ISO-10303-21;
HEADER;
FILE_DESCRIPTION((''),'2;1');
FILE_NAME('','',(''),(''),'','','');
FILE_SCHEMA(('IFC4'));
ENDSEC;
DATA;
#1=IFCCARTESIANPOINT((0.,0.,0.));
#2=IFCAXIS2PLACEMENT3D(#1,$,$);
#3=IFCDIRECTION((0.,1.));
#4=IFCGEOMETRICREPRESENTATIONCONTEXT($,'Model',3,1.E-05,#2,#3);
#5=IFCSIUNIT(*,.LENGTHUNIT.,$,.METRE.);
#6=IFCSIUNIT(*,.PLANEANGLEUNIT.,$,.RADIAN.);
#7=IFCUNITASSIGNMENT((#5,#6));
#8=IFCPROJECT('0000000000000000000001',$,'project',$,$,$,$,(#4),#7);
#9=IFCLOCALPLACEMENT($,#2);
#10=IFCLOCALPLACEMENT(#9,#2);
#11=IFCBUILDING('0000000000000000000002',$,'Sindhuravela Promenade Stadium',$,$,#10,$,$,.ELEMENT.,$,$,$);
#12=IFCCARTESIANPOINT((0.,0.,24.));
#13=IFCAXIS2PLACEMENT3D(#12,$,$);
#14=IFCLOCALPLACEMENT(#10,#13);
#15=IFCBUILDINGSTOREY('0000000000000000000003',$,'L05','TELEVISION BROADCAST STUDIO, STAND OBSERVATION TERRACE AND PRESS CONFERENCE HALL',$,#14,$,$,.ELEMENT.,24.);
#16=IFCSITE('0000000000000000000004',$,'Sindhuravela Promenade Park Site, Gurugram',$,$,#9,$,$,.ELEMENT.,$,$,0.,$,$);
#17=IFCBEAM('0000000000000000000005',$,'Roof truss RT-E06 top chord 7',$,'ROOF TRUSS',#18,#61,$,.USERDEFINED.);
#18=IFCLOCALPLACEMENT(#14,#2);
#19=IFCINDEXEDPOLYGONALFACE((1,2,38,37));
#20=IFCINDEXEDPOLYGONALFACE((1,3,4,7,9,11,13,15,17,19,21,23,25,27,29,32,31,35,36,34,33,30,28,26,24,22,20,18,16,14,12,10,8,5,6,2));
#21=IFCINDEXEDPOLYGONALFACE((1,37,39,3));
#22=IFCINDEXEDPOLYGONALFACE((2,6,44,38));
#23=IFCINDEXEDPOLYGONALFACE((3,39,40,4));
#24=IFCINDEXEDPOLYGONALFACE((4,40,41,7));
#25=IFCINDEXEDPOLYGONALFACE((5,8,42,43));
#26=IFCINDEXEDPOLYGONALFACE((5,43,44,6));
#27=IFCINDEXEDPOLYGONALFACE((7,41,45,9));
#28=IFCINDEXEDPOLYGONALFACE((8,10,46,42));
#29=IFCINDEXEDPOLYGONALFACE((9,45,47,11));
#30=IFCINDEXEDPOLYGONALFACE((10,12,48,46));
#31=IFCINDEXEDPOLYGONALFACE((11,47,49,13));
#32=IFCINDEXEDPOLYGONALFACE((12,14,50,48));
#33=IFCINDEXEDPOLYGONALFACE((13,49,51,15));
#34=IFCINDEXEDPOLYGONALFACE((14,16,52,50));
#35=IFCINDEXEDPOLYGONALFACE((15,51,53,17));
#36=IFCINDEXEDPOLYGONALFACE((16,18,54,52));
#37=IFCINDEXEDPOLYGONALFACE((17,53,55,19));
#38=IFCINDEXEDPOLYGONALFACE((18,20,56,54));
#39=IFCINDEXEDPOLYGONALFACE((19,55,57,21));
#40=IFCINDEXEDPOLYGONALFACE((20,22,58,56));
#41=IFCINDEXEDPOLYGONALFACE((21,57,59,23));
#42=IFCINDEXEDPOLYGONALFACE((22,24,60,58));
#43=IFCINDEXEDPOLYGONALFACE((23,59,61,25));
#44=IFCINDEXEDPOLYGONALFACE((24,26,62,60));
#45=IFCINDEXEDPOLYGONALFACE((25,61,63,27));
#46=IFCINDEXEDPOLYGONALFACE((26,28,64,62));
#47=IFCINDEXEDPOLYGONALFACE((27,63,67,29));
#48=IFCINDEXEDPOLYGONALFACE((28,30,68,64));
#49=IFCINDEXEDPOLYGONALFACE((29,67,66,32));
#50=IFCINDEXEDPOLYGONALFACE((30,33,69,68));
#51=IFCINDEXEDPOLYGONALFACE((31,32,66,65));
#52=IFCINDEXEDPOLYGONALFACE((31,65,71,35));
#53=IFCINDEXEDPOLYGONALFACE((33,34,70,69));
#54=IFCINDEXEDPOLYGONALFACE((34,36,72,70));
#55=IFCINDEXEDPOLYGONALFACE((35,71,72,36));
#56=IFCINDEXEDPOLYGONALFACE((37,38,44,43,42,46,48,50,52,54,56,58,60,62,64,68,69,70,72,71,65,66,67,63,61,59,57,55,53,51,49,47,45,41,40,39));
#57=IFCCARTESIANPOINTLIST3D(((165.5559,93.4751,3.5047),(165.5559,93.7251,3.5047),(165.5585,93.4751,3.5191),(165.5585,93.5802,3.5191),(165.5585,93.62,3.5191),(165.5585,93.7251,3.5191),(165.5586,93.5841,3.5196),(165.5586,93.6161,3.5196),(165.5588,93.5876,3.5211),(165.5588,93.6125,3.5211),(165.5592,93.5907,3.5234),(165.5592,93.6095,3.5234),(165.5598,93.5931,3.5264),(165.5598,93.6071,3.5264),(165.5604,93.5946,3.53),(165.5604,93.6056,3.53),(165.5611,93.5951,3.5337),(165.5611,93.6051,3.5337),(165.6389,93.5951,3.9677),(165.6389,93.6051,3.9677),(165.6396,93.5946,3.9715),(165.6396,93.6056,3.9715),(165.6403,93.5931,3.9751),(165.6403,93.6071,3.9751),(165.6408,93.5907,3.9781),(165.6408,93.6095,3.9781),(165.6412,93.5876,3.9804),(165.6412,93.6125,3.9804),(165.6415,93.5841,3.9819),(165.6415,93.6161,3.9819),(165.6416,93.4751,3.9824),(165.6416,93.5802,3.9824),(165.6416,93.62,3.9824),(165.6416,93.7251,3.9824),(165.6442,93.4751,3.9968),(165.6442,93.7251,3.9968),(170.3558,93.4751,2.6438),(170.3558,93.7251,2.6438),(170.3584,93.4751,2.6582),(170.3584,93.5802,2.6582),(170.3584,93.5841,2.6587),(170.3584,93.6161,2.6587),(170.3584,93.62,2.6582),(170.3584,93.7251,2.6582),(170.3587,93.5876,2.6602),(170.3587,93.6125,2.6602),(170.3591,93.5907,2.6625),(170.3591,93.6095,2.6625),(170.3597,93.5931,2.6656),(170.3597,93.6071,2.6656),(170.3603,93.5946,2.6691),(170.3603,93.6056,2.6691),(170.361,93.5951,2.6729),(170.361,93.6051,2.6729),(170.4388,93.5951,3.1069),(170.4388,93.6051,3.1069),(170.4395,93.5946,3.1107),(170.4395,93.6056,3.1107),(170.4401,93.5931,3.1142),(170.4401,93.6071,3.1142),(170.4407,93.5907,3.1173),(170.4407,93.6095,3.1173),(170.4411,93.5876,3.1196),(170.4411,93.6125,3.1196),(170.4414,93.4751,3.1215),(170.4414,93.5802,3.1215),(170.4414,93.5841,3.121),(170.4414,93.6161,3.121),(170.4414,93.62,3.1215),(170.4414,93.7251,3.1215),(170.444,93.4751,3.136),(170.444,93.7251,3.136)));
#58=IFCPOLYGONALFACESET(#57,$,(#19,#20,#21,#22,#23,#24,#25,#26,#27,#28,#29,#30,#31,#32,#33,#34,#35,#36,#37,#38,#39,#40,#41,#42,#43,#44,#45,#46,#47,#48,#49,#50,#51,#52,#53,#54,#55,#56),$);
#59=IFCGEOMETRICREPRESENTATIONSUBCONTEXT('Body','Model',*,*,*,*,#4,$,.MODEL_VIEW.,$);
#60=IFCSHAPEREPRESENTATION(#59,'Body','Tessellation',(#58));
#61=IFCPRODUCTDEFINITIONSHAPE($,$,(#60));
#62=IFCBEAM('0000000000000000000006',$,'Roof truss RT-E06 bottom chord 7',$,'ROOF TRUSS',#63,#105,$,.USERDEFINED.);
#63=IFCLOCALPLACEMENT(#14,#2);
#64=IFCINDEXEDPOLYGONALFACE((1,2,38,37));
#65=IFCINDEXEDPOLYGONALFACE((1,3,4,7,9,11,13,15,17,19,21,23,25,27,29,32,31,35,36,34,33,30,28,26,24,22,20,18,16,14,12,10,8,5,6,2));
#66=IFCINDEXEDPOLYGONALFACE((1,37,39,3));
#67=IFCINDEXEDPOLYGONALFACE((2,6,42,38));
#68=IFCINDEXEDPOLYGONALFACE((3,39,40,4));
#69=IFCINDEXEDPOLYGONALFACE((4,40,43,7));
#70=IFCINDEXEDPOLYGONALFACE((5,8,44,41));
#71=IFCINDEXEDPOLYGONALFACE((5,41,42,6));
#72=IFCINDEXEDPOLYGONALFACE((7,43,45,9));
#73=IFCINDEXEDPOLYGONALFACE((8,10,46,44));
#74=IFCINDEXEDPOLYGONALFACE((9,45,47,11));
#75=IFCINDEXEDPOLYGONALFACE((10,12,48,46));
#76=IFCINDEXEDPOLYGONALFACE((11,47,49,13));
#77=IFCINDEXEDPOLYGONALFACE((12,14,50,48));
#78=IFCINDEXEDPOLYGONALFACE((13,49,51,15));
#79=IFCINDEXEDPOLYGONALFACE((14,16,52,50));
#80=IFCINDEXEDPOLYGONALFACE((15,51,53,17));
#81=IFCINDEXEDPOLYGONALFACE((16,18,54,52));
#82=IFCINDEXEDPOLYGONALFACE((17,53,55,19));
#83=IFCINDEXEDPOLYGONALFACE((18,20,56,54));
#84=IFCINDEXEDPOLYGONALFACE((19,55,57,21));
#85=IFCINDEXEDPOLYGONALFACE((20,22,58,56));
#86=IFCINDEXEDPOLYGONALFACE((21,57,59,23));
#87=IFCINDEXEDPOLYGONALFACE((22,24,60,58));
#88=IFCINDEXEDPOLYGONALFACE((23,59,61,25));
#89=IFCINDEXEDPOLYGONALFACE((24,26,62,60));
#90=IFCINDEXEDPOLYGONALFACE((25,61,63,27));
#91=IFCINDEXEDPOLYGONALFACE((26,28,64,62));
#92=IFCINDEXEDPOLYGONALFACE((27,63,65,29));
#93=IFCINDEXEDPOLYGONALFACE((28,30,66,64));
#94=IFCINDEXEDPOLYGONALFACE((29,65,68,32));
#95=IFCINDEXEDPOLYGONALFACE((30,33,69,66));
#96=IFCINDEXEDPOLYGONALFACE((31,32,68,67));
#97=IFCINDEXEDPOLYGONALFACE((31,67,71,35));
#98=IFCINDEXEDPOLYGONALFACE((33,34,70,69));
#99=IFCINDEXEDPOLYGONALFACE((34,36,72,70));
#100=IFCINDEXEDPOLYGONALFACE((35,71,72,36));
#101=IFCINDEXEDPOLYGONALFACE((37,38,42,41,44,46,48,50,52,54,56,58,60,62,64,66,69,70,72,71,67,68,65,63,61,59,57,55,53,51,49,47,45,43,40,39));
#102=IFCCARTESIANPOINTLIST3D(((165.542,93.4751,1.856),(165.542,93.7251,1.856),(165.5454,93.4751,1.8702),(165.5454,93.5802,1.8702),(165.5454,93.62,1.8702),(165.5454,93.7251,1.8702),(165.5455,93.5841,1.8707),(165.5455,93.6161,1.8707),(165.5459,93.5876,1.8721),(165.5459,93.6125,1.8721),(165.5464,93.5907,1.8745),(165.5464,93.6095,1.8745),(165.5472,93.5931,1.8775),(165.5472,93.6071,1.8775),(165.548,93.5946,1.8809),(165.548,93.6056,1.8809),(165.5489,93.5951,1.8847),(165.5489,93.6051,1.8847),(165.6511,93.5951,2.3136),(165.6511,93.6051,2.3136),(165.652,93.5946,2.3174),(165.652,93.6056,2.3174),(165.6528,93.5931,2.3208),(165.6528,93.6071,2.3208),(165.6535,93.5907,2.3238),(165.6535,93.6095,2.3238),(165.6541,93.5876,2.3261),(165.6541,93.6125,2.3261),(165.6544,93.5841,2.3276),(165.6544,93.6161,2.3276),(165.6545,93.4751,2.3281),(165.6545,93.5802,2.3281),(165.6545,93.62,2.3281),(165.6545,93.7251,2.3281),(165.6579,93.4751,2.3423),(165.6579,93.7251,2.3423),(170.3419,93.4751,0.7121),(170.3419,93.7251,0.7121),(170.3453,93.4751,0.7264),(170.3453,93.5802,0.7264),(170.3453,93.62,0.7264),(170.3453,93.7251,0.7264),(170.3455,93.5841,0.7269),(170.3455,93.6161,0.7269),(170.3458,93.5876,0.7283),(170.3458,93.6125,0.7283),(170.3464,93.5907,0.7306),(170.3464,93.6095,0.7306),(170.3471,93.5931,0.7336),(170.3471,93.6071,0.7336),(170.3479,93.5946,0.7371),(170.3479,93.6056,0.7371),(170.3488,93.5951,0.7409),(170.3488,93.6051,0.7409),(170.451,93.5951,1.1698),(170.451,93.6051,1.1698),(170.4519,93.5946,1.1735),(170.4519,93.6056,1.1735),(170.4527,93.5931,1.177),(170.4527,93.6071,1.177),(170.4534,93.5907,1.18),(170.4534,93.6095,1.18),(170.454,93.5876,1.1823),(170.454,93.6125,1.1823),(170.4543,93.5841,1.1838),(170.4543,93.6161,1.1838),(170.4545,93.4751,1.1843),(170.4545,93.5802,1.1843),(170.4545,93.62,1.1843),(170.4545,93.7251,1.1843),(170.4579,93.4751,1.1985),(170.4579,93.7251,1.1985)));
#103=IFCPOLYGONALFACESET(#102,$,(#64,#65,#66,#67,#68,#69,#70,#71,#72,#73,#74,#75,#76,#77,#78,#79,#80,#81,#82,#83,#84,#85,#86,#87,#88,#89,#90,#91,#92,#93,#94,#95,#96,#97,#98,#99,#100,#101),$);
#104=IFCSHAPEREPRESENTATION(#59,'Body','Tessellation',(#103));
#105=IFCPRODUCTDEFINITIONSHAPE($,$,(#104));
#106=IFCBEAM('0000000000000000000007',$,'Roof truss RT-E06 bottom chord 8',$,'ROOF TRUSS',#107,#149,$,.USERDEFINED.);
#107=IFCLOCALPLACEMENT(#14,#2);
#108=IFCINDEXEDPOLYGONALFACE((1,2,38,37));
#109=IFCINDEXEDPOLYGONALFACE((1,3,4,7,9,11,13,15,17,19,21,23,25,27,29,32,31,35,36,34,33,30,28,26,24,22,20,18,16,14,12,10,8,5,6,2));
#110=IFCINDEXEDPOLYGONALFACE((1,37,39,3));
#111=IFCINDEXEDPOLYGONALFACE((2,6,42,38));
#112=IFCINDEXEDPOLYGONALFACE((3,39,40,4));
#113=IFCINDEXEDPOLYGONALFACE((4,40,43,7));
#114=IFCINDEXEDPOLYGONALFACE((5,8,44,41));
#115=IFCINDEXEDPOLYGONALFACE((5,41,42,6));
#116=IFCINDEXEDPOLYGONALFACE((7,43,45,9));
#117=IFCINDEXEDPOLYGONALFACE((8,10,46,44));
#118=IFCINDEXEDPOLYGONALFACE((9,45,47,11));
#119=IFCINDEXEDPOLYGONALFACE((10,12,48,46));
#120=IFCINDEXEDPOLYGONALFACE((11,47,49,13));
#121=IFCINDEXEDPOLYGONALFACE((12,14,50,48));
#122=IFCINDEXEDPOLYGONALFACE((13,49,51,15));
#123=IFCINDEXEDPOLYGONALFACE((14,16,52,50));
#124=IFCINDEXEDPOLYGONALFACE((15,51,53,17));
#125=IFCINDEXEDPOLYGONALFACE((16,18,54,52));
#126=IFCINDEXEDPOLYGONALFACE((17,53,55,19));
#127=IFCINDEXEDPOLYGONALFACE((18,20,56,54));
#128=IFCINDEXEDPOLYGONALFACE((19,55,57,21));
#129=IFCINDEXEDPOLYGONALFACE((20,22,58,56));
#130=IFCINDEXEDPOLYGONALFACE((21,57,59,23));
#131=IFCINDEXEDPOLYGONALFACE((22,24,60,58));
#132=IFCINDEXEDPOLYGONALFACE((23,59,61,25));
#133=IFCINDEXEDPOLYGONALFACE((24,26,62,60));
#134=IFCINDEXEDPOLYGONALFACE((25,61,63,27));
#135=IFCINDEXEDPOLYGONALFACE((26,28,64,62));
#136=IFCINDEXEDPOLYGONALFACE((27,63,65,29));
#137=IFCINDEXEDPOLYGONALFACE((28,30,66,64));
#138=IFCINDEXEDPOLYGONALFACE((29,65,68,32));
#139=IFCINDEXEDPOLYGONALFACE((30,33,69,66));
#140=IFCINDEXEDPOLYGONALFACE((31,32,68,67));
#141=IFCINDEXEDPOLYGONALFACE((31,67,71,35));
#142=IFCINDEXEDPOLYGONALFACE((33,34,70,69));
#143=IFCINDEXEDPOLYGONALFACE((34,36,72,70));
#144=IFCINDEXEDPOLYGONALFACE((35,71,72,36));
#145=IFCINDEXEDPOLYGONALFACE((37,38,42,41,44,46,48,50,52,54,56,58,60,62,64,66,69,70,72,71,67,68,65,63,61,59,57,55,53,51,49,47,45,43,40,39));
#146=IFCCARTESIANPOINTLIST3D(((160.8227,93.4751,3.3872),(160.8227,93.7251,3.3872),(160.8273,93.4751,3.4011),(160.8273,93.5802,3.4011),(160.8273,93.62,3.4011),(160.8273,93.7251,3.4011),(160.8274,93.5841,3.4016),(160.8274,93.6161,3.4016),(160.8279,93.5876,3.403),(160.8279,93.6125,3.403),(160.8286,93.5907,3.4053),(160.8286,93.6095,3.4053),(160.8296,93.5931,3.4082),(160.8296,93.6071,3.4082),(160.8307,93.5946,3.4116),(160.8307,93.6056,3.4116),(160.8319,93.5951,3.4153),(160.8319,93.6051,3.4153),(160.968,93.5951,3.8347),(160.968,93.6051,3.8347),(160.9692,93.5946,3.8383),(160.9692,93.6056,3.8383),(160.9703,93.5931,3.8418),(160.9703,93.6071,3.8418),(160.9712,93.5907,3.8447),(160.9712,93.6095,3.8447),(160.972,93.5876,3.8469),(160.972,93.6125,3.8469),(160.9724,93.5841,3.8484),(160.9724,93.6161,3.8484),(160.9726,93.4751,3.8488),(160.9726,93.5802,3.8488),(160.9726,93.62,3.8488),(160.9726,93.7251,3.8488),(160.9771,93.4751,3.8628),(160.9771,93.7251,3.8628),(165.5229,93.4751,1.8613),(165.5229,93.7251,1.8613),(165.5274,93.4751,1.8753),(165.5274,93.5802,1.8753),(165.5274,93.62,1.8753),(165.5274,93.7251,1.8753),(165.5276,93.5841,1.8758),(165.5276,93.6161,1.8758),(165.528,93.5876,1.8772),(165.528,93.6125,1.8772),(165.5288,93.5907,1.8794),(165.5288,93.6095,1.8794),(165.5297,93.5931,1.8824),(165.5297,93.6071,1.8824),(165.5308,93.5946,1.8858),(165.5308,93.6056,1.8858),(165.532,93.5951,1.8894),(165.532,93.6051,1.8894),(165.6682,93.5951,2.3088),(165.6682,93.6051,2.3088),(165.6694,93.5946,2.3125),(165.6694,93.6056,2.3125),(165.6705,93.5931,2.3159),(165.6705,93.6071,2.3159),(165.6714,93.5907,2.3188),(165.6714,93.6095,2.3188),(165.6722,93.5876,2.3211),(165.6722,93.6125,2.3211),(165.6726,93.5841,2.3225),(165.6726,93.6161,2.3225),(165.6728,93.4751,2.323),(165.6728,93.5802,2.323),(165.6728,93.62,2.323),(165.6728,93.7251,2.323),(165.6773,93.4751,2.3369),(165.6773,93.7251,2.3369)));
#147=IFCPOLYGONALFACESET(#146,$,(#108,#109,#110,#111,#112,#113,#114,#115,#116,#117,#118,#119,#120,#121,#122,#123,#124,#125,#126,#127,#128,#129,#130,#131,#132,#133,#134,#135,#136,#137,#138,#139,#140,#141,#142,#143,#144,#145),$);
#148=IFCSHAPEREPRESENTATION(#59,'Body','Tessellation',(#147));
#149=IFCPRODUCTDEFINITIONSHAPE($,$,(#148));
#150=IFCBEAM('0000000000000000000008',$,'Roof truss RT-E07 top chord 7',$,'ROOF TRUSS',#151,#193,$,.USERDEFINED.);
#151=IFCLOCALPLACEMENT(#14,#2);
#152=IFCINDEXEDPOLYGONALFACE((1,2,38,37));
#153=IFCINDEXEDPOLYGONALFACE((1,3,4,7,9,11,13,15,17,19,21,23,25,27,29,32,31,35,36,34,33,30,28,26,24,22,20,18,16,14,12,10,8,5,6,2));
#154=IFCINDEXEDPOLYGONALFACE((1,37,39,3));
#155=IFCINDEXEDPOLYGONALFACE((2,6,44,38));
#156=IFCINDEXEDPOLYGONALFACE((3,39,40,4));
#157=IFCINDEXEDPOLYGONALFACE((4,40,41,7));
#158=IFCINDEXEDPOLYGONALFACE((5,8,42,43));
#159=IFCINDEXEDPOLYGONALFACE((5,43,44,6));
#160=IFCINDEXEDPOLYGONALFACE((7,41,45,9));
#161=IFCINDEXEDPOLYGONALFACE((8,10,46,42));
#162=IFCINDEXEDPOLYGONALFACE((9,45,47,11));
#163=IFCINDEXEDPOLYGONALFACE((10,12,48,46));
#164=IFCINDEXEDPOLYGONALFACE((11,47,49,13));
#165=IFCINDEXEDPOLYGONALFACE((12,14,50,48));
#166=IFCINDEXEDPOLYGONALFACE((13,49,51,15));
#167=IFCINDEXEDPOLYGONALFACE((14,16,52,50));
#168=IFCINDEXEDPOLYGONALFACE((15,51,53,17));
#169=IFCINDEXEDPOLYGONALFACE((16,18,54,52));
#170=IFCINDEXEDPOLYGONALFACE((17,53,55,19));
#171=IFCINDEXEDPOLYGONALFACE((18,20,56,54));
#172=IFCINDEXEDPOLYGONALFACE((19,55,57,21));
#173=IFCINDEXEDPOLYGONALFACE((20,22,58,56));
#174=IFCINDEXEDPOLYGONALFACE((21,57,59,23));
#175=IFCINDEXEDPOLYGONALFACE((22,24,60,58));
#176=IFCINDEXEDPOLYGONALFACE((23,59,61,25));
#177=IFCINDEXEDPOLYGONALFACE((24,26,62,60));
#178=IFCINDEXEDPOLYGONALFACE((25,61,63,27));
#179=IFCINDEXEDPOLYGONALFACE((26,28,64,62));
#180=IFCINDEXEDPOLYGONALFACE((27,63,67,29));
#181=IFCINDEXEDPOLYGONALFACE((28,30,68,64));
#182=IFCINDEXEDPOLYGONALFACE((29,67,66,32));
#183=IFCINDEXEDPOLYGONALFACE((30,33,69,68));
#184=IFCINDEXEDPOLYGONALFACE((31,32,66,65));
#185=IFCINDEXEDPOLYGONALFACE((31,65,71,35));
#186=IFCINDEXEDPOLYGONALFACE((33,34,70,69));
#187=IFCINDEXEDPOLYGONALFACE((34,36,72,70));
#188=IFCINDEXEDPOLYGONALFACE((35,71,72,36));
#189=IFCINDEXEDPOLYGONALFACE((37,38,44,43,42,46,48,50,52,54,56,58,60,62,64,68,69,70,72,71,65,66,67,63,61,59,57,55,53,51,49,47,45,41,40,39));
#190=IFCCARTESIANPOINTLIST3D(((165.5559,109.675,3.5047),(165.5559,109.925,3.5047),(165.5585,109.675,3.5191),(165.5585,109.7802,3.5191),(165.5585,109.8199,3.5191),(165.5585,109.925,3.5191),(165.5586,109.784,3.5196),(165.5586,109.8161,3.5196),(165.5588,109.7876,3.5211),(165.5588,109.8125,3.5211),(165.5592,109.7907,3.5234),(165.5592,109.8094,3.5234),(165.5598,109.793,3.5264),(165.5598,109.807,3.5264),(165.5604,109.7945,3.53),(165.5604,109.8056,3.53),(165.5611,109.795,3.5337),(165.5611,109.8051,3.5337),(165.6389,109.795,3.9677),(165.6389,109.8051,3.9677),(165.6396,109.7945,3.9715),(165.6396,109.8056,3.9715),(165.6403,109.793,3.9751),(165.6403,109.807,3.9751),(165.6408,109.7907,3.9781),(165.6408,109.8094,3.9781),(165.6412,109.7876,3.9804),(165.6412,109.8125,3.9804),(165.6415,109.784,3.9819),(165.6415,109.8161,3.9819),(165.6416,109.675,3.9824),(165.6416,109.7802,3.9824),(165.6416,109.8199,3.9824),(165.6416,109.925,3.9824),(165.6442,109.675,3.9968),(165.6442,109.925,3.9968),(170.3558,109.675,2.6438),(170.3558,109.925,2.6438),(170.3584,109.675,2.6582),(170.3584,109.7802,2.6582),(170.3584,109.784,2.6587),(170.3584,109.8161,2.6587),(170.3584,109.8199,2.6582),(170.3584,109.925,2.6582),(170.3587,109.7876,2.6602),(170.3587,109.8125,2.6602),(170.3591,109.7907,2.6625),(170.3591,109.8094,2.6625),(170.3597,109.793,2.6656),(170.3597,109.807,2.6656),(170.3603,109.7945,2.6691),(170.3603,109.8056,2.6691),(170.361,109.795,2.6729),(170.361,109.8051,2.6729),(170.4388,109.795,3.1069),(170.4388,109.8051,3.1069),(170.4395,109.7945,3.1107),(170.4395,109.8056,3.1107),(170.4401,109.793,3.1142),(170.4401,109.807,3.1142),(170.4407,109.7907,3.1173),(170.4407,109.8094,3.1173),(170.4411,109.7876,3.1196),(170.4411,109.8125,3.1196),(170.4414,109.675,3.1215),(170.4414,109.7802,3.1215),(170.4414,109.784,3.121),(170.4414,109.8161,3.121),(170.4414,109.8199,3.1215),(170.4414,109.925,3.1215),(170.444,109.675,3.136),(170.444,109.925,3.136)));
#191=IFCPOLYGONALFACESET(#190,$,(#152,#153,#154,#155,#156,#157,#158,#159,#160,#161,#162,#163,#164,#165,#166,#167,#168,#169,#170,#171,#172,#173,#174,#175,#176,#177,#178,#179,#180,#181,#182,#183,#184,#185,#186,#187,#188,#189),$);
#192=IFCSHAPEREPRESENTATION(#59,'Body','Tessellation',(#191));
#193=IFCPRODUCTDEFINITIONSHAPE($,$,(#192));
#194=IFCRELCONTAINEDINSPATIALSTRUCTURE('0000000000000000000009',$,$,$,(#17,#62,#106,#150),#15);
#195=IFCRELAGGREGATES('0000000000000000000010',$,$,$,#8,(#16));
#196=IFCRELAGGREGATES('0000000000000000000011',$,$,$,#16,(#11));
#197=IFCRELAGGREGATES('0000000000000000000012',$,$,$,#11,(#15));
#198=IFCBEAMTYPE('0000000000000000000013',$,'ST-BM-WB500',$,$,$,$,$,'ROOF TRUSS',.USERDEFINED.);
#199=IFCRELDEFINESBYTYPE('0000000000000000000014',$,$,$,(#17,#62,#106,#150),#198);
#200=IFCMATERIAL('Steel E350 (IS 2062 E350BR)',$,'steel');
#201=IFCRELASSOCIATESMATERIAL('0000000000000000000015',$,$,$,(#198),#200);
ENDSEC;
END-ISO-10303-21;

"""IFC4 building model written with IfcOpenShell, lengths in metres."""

from ifc_helpers import new_model, si_unit, direction, frame, origin, origin_2d, place, context, subcontext, project, spatial, i_section, extrude, material, material_profile, profile_set, type_object, element, save


model = new_model("IFC4")

# Units and contexts
model_context = context("Model", 3, precision=1e-05, world=origin(), true_north=direction((0.0, 1.0)))
body_context = subcontext(model_context, "Body", "Model", "MODEL_VIEW")
ifc_project = project(units=[si_unit("LENGTHUNIT", "METRE"), si_unit("PLANEANGLEUNIT", "RADIAN")], contexts=[model_context])

# Site, building, storey
site_placement = place(None, origin())
site = spatial("IfcSite", under=ifc_project, at=site_placement, Name="Sindhuravela Promenade Park Site, Gurugram", CompositionType="ELEMENT", RefElevation=0.0)
building_placement = place(site_placement, origin())
building = spatial("IfcBuilding", under=site, at=building_placement, Name="Sindhuravela Promenade Stadium", CompositionType="ELEMENT")
storey_placement = place(building_placement, frame((0.0, 0.0, 24.0)))
storey = spatial("IfcBuildingStorey", under=building, at=storey_placement, Name="L05", Description="TELEVISION BROADCAST STUDIO, STAND OBSERVATION TERRACE AND PRESS CONFERENCE HALL", CompositionType="ELEMENT", Elevation=24.0)

# Beams
ifc_material_1 = material(Name="Steel E350 (IS 2062 E350BR)", Category="steel")
ifc_material_profile_1 = material_profile(ifc_material_1, i_section(OverallWidth=0.25, OverallDepth=0.5, WebThickness=0.01, FlangeThickness=0.0146, FilletRadius=0.0149, at=origin_2d()), Name="ISWB 500")
ifc_profile_set_1 = profile_set([ifc_material_profile_1], Name="Steel E350 (IS 2062 E350BR)")
beam_type = type_object("IfcBeamType", Name="ST-BM-WB500", ElementType="ROOF TRUSS", PredefinedType="USERDEFINED", material=ifc_profile_set_1)
beam_1_placement = place(storey_placement, frame((170.3999, 93.6001, 2.8899), z_axis=(-0.984295, 0.0, 0.176532), x_axis=(0.0, -1.0, 0.0)))
element("IfcBeam", 1, at=beam_1_placement, inside=storey, type_object=beam_type, Name="Roof truss RT-E06 top chord 7", ObjectType="ROOF TRUSS", PredefinedType="USERDEFINED", context=body_context, shape_type="SweptSolid", body=[
    extrude(i_section(OverallWidth=0.25, OverallDepth=0.5, WebThickness=0.01, FlangeThickness=0.0146, FilletRadius=0.0149, at=origin_2d()), origin(), (0.0, 0.0, 1.0), 4.8765),
])
beam_2_placement = place(storey_placement, frame((170.3999, 93.6001, 0.9553), z_axis=(-0.972761, 0.0, 0.23181), x_axis=(0.0, -1.0, 0.0)))
element("IfcBeam", 2, at=beam_2_placement, inside=storey, type_object=beam_type, Name="Roof truss RT-E06 bottom chord 7", ObjectType="ROOF TRUSS", PredefinedType="USERDEFINED", context=body_context, shape_type="SweptSolid", body=[
    extrude(i_section(OverallWidth=0.25, OverallDepth=0.5, WebThickness=0.01, FlangeThickness=0.0146, FilletRadius=0.0149, at=origin_2d()), origin(), (0.0, 0.0, 1.0), 4.9343),
])
beam_3_placement = place(storey_placement, frame((165.6001, 93.6001, 2.0991), z_axis=(-0.951134, 0.0, 0.308778), x_axis=(0.0, -1.0, 0.0)))
element("IfcBeam", 3, at=beam_3_placement, inside=storey, type_object=beam_type, Name="Roof truss RT-E06 bottom chord 8", ObjectType="ROOF TRUSS", PredefinedType="USERDEFINED", context=body_context, shape_type="SweptSolid", body=[
    extrude(i_section(OverallWidth=0.25, OverallDepth=0.5, WebThickness=0.01, FlangeThickness=0.0146, FilletRadius=0.0149, at=origin_2d()), origin(), (0.0, 0.0, 1.0), 4.9417),
])
beam_4_placement = place(storey_placement, frame((170.3999, 109.8, 2.8899), z_axis=(-0.984295, 0.0, 0.176532), x_axis=(0.0, -1.0, 0.0)))
element("IfcBeam", 4, at=beam_4_placement, inside=storey, type_object=beam_type, Name="Roof truss RT-E07 top chord 7", ObjectType="ROOF TRUSS", PredefinedType="USERDEFINED", context=body_context, shape_type="SweptSolid", body=[
    extrude(i_section(OverallWidth=0.25, OverallDepth=0.5, WebThickness=0.01, FlangeThickness=0.0146, FilletRadius=0.0149, at=origin_2d()), origin(), (0.0, 0.0, 1.0), 4.8765),
])

save(model, "model.ifc")
